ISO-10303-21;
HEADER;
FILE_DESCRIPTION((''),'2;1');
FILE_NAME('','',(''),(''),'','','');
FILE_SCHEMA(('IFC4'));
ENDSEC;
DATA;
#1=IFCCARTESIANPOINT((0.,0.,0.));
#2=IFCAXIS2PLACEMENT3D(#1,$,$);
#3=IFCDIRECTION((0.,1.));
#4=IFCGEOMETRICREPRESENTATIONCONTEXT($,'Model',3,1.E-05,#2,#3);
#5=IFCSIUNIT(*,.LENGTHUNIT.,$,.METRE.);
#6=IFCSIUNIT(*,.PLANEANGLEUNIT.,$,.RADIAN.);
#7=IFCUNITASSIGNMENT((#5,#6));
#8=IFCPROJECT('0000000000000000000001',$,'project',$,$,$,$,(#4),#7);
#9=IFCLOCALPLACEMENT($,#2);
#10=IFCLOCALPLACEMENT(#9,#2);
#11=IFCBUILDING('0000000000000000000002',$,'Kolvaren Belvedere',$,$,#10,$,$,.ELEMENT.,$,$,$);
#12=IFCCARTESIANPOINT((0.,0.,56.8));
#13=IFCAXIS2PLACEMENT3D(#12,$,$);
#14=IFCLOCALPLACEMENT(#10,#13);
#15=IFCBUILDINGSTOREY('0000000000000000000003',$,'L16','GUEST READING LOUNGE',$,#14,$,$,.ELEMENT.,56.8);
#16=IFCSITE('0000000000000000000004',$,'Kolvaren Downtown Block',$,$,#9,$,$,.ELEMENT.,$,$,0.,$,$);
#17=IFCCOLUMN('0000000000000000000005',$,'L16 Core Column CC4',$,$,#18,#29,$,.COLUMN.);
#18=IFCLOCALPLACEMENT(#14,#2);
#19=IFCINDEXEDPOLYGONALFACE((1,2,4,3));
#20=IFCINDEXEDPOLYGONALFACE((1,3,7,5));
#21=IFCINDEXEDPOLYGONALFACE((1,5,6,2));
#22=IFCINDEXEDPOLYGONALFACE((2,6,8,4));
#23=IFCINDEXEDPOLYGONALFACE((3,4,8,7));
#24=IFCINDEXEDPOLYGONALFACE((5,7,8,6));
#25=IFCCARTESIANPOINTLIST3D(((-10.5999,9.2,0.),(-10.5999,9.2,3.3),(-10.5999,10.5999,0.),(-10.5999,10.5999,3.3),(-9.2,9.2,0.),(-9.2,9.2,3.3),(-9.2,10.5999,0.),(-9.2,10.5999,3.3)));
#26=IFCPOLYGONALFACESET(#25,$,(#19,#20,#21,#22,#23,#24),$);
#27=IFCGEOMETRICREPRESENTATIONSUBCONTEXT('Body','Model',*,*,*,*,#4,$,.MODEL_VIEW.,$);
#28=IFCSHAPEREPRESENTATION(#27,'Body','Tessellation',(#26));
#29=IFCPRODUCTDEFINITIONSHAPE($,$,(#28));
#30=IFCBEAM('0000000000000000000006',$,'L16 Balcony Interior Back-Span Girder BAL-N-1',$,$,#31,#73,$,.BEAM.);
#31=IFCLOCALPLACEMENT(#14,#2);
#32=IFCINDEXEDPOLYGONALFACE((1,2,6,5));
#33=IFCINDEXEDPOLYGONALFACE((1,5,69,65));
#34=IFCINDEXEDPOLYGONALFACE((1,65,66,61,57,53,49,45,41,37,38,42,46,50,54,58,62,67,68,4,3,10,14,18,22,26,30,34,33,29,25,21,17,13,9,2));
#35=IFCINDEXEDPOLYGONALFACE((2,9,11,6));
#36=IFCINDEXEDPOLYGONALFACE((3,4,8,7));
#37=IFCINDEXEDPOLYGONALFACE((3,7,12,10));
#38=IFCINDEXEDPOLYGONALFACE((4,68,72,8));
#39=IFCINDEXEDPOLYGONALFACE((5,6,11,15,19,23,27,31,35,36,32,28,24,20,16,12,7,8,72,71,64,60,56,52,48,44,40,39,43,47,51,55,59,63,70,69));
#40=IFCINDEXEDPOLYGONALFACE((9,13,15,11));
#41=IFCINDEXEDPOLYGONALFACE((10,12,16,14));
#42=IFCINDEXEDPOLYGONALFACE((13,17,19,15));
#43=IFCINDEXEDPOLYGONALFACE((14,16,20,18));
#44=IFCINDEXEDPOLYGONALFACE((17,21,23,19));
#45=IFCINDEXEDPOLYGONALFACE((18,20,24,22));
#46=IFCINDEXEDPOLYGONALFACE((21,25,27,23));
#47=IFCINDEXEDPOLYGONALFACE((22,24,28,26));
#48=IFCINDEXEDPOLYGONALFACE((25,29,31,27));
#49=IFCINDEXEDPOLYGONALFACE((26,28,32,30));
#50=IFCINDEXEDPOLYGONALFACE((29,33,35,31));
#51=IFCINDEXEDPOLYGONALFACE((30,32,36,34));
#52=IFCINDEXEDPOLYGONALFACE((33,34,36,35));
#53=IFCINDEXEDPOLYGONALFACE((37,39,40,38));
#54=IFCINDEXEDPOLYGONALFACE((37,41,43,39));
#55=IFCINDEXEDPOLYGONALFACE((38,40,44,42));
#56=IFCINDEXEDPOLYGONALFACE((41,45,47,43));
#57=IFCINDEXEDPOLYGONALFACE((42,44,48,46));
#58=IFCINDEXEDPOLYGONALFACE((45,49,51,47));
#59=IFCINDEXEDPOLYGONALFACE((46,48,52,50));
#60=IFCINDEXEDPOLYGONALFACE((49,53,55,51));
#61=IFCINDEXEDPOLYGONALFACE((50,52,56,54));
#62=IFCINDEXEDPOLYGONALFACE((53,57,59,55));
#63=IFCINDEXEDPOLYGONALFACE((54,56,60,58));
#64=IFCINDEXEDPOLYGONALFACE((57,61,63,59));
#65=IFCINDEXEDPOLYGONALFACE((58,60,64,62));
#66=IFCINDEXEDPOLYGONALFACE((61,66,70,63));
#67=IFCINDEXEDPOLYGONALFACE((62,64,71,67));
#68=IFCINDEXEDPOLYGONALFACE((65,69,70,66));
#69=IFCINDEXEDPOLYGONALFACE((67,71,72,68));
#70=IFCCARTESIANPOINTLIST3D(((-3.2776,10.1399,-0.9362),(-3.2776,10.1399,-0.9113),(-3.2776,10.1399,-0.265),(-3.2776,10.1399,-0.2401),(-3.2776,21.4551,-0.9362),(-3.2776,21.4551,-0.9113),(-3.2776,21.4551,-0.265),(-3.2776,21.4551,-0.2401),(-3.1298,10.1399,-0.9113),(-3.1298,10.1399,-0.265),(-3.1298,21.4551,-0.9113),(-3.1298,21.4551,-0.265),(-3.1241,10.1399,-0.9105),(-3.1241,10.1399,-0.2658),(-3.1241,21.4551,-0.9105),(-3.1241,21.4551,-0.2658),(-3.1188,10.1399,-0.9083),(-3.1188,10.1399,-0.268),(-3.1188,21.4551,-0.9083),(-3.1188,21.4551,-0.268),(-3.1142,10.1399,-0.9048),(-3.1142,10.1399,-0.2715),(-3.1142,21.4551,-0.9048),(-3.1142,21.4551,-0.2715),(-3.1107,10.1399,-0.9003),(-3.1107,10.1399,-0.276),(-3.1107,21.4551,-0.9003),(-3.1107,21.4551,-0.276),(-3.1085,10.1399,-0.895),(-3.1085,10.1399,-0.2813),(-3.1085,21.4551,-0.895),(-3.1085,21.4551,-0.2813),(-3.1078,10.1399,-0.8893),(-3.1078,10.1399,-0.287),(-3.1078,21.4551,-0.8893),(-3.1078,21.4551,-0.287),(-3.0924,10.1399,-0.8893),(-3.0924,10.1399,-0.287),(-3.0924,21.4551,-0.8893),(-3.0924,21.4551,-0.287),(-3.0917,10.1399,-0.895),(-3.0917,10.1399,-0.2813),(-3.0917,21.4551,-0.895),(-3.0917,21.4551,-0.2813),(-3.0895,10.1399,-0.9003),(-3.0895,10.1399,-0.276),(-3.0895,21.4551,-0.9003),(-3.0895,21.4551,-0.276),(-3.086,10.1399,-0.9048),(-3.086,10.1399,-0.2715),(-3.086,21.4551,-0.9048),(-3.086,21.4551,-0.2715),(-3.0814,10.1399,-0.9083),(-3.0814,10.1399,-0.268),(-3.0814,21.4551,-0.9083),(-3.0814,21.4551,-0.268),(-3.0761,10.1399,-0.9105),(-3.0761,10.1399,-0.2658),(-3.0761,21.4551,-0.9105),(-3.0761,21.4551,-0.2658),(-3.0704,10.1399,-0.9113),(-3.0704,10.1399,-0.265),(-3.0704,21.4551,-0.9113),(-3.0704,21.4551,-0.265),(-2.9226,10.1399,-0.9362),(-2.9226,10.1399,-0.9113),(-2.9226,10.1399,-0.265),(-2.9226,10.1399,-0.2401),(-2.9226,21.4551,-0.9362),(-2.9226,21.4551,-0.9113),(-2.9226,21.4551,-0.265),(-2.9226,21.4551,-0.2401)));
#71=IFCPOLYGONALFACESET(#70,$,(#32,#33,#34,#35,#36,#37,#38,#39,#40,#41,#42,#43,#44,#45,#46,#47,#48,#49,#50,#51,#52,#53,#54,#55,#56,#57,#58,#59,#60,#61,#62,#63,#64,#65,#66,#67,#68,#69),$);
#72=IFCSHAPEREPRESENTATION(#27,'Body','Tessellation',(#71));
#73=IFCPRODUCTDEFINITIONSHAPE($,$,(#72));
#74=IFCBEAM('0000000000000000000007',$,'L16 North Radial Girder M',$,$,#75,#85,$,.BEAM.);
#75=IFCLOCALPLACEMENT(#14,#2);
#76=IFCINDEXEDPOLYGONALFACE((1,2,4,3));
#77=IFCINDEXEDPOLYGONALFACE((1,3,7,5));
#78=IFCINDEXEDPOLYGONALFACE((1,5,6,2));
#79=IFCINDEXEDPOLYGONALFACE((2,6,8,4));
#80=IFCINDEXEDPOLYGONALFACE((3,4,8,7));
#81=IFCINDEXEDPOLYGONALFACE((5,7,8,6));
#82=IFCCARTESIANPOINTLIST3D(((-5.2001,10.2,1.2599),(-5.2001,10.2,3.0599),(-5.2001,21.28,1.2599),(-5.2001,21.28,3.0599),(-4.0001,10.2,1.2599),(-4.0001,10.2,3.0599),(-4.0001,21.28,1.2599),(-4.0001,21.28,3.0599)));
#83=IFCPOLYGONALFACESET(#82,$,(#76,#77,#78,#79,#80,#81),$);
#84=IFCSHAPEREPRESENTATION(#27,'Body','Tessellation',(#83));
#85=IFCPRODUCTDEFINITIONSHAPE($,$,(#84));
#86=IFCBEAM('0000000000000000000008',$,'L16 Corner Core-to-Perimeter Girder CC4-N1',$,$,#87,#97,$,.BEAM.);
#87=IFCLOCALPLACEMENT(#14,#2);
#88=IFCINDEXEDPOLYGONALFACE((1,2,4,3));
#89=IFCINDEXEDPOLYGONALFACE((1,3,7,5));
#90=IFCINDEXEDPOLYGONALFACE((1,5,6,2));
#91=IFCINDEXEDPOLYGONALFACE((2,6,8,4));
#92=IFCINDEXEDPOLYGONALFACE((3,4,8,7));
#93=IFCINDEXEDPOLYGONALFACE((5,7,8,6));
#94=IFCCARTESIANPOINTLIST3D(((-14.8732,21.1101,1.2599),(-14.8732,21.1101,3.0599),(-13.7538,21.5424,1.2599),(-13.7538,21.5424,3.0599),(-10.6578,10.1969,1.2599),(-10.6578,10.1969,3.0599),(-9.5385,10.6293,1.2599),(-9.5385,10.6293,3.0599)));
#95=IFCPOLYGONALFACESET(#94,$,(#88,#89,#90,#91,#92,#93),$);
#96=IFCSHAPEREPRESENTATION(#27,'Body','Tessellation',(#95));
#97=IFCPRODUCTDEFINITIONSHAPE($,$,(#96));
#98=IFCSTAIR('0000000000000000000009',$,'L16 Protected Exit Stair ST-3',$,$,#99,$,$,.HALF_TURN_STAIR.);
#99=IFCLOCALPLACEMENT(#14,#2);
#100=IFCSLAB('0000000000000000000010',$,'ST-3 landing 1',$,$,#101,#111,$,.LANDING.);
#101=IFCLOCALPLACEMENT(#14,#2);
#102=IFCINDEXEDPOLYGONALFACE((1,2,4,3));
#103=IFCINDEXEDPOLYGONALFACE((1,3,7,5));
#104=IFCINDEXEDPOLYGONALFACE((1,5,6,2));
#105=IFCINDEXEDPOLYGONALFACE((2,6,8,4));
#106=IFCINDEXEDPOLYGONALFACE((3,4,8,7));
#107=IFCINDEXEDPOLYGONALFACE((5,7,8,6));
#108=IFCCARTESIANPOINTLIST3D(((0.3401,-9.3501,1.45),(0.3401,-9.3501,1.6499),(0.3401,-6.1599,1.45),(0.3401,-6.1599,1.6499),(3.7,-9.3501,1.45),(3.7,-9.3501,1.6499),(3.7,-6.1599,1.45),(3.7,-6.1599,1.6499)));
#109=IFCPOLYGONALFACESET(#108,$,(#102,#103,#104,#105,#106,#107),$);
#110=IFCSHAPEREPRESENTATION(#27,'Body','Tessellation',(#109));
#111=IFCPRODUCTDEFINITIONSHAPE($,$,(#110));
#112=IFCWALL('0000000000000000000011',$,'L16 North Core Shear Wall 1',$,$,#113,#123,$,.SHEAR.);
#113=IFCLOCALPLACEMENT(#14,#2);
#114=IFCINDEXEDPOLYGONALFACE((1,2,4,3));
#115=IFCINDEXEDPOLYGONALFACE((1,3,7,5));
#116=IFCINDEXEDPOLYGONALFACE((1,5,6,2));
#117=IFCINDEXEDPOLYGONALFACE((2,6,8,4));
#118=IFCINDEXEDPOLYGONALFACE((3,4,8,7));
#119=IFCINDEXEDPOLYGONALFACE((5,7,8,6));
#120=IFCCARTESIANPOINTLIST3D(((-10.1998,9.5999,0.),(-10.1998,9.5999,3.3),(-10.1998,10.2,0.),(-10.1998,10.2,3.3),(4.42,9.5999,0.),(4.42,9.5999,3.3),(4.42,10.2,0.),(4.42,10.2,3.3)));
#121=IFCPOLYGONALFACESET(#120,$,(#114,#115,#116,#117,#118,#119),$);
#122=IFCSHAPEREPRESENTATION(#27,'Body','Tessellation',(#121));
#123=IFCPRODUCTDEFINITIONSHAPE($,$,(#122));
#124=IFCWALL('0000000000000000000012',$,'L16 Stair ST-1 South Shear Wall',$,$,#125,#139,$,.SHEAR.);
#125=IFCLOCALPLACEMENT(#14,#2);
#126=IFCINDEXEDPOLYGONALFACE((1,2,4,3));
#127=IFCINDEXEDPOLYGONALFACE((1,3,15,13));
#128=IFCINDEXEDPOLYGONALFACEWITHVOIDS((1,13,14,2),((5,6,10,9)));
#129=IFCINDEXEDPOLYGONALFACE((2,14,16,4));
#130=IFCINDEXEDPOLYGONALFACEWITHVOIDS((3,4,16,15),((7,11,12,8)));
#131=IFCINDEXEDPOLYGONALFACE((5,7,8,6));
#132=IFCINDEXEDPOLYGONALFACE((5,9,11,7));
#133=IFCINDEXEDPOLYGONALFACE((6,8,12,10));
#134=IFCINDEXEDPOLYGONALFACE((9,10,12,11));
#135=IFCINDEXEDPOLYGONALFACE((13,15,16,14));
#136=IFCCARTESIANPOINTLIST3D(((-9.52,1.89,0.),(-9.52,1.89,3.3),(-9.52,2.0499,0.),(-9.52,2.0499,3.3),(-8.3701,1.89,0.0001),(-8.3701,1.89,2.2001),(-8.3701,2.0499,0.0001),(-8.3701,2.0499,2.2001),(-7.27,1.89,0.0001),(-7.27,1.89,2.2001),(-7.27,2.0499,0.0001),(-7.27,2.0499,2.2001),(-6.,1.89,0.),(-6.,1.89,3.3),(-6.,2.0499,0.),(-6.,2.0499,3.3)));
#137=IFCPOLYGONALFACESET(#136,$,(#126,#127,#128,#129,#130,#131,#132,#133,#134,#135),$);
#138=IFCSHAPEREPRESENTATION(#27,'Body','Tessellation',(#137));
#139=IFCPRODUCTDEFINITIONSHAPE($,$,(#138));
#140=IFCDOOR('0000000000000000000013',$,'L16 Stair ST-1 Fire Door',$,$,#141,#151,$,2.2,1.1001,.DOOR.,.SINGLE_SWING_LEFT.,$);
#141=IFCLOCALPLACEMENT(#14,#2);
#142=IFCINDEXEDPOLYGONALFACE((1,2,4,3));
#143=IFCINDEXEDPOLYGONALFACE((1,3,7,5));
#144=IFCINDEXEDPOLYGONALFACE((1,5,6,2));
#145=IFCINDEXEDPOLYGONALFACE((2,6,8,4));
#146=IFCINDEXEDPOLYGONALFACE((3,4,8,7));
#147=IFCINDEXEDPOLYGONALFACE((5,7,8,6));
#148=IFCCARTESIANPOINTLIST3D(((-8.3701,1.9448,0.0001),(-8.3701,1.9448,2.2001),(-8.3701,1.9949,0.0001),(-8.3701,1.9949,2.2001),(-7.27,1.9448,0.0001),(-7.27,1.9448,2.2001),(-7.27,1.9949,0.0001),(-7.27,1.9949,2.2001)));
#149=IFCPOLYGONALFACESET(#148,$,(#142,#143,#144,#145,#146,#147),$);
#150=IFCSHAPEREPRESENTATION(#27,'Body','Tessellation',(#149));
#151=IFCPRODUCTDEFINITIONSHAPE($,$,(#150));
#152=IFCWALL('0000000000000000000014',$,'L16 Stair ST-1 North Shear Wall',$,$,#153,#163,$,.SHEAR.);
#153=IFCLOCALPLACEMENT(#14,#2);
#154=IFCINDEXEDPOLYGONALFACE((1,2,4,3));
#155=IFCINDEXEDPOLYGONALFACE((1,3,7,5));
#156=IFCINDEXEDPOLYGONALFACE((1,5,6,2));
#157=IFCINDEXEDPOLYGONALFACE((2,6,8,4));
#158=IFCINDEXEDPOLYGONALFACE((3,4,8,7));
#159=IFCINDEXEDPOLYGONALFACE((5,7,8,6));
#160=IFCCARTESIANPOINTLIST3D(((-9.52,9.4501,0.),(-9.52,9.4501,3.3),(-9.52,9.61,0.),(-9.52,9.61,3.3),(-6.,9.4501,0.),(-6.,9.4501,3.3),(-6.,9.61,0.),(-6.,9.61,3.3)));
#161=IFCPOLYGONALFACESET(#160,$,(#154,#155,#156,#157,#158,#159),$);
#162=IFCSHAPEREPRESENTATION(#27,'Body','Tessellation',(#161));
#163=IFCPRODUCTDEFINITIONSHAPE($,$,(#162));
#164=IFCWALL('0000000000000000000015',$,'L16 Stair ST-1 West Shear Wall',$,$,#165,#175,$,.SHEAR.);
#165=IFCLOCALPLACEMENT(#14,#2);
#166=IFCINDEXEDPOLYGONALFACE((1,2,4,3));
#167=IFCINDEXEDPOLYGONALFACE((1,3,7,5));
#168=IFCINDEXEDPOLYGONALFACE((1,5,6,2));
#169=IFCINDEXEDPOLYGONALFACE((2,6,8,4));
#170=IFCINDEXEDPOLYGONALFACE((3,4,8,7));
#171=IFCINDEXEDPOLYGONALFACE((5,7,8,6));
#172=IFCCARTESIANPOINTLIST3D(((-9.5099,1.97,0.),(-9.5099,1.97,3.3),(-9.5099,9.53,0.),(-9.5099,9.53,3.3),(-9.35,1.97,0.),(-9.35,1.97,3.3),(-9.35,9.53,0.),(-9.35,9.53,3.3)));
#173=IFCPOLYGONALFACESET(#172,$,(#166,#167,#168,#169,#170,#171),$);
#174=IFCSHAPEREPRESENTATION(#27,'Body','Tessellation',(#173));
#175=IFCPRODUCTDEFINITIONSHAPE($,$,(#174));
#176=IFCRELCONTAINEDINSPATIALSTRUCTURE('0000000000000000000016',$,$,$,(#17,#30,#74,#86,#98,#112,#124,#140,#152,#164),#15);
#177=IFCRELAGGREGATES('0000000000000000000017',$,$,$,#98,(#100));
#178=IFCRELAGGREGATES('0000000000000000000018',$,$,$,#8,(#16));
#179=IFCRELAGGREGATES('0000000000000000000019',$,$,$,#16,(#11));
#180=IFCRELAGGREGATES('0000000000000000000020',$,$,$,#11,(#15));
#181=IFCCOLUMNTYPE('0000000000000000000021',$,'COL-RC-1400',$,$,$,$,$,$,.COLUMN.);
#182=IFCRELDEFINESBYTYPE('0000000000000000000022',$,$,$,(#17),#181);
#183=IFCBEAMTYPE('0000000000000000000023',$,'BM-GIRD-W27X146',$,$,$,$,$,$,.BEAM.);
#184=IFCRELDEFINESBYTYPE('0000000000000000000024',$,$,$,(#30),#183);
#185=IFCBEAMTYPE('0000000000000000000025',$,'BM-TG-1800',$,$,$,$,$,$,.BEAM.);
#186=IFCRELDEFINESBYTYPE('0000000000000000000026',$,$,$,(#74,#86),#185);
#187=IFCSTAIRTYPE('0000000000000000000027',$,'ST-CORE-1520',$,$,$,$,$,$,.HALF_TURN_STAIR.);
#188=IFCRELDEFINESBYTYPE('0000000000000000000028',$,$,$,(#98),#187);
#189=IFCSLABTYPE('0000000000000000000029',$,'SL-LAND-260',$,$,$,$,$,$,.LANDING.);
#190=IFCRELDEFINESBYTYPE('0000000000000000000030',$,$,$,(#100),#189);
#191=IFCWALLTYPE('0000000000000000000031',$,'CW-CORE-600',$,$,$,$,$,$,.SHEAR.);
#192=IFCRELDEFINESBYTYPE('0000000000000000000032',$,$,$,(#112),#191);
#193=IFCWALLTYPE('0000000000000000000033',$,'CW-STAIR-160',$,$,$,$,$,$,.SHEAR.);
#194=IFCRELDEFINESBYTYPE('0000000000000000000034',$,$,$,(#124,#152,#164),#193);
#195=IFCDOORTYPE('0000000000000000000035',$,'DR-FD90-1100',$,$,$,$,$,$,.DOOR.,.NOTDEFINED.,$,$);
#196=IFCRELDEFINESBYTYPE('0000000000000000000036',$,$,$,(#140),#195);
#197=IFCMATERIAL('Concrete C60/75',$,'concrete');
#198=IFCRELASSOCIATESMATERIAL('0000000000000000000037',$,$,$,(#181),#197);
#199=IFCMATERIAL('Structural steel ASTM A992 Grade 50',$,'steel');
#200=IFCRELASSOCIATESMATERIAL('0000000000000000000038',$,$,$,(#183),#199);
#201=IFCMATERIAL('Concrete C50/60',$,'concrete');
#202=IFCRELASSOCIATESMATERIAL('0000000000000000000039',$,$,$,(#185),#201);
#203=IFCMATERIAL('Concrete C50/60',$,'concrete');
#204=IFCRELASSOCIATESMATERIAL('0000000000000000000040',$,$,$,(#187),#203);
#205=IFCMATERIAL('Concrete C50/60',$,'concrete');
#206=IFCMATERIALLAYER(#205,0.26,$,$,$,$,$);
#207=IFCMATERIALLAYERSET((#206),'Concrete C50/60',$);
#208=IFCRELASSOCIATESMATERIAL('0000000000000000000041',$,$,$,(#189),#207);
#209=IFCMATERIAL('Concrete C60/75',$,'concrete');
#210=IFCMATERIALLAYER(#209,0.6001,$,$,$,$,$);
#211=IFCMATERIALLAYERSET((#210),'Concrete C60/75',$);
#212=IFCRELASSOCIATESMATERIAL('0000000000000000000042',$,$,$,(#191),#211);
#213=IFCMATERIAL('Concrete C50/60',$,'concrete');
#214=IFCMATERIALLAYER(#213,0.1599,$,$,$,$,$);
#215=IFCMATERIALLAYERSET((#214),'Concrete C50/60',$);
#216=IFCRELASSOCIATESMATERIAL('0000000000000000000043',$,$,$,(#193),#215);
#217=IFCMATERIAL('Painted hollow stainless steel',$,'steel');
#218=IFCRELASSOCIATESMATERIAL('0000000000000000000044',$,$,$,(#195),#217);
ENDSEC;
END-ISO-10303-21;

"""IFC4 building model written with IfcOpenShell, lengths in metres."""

from ifc_helpers import new_model, si_unit, direction, frame, frame_2d, origin, origin_2d, place, context, subcontext, project, spatial, polyline, rectangle, i_section, outline, extrude, material, layer, layer_set, material_profile, profile_set, type_object, element, fill, aggregate, save


model = new_model("IFC4")

# Units and contexts
model_context = context("Model", 3, precision=1e-05, world=origin(), true_north=direction((0.0, 1.0)))
body_context = subcontext(model_context, "Body", "Model", "MODEL_VIEW")
ifc_project = project(units=[si_unit("LENGTHUNIT", "METRE"), si_unit("PLANEANGLEUNIT", "RADIAN")], contexts=[model_context])

# Site, building, storey
site_placement = place(None, origin())
site = spatial("IfcSite", under=ifc_project, at=site_placement, Name="Kolvaren Downtown Block", CompositionType="ELEMENT", RefElevation=0.0)
building_placement = place(site_placement, origin())
building = spatial("IfcBuilding", under=site, at=building_placement, Name="Kolvaren Belvedere", CompositionType="ELEMENT")
storey_placement = place(building_placement, frame((0.0, 0.0, 56.8)))
storey = spatial("IfcBuildingStorey", under=building, at=storey_placement, Name="L16", Description="GUEST READING LOUNGE", CompositionType="ELEMENT", Elevation=56.8)

# Column
ifc_material_1 = material(Name="Concrete C60/75", Category="concrete")
ifc_material_profile_1 = material_profile(ifc_material_1, rectangle(XDim=1.3999, YDim=1.3999, at=origin_2d()), Name="RC 1400X1400")
ifc_profile_set_1 = profile_set([ifc_material_profile_1], Name="Concrete C60/75")
column_type = type_object("IfcColumnType", Name="COL-RC-1400", PredefinedType="COLUMN", material=ifc_profile_set_1)
column_placement = place(storey_placement, frame((-9.8999, 9.8999, 0.0), z_axis=(0.0, 0.0, 1.0), x_axis=(1.0, 0.0, 0.0)))
element("IfcColumn", 1, at=column_placement, inside=storey, type_object=column_type, Name="L16 Core Column CC4", PredefinedType="COLUMN", context=body_context, shape_type="SweptSolid", body=[
    extrude(rectangle(XDim=1.3999, YDim=1.3999, at=origin_2d()), origin(), (0.0, 0.0, 1.0), 3.3),
])

# Beams
ifc_material_2 = material(Name="Structural steel ASTM A992 Grade 50", Category="steel")
ifc_material_profile_2 = material_profile(ifc_material_2, i_section(OverallWidth=0.355, OverallDepth=0.696, WebThickness=0.0154, FlangeThickness=0.0249, FilletRadius=0.022, at=origin_2d()), Name="W27X146")
ifc_profile_set_2 = profile_set([ifc_material_profile_2], Name="Structural steel ASTM A992 Grade 50")
beam_type_1 = type_object("IfcBeamType", Name="BM-GIRD-W27X146", PredefinedType="BEAM", material=ifc_profile_set_2)
beam_1_placement = place(storey_placement, frame((-3.1001, 10.1399, -0.5881), z_axis=(0.0, 1.0, 0.0), x_axis=(-1.0, 0.0, 0.0)))
element("IfcBeam", 2, at=beam_1_placement, inside=storey, type_object=beam_type_1, Name="L16 Balcony Interior Back-Span Girder BAL-N-1", PredefinedType="BEAM", context=body_context, shape_type="SweptSolid", body=[
    extrude(i_section(OverallWidth=0.355, OverallDepth=0.696, WebThickness=0.0154, FlangeThickness=0.0249, FilletRadius=0.022, at=origin_2d()), origin(), (0.0, 0.0, 1.0), 11.3152),
])
ifc_material_3 = material(Name="Concrete C50/60", Category="concrete")
ifc_material_profile_3 = material_profile(ifc_material_3, rectangle(XDim=1.2, YDim=1.8, at=origin_2d()), Name="RC 1200X1800")
ifc_profile_set_3 = profile_set([ifc_material_profile_3], Name="Concrete C50/60")
beam_type_2 = type_object("IfcBeamType", Name="BM-TG-1800", PredefinedType="BEAM", material=ifc_profile_set_3)
beam_2_placement = place(storey_placement, frame((-4.6001, 10.2, 2.1599), z_axis=(0.0, 1.0, 0.0), x_axis=(-1.0, 0.0, 0.0)))
element("IfcBeam", 3, at=beam_2_placement, inside=storey, type_object=beam_type_2, Name="L16 North Radial Girder M", PredefinedType="BEAM", context=body_context, shape_type="SweptSolid", body=[
    extrude(rectangle(XDim=1.2, YDim=1.8, at=origin_2d()), origin(), (0.0, 0.0, 1.0), 11.0801),
])
beam_3_placement = place(storey_placement, frame((-10.0981, 10.4131, 2.1599), z_axis=(-0.360318, 0.932829, 0.0), x_axis=(-0.932829, -0.360318, 0.0)))
element("IfcBeam", 4, at=beam_3_placement, inside=storey, type_object=beam_type_2, Name="L16 Corner Core-to-Perimeter Girder CC4-N1", PredefinedType="BEAM", context=body_context, shape_type="SweptSolid", body=[
    extrude(rectangle(XDim=1.2, YDim=1.8, at=origin_2d()), origin(), (0.0, 0.0, 1.0), 11.699),
])

# Stair, slab
ifc_material_4 = material(Name="Concrete C50/60", Category="concrete")
stair_type = type_object("IfcStairType", Name="ST-CORE-1520", PredefinedType="HALF_TURN_STAIR", material=ifc_material_4)
stair_1_placement = place(storey_placement, origin())
stair_1 = element("IfcStair", 5, at=stair_1_placement, inside=storey, type_object=stair_type, Name="L16 Protected Exit Stair ST-3", PredefinedType="HALF_TURN_STAIR")
ifc_material_5 = material(Name="Concrete C50/60", Category="concrete")
ifc_layer_1 = layer(ifc_material_5, 0.26)
ifc_layer_set_1 = layer_set([ifc_layer_1], Name="Concrete C50/60")
slab_type = type_object("IfcSlabType", Name="SL-LAND-260", PredefinedType="LANDING", material=ifc_layer_set_1)
slab_placement = place(storey_placement, frame((0.0, 0.0, 1.45)))
slab = element("IfcSlab", 6, at=slab_placement, type_object=slab_type, Name="ST-3 landing 1", PredefinedType="LANDING", context=body_context, shape_type="SweptSolid", body=[
    extrude(outline(polyline([(0.3401, -9.3501), (3.7, -9.3501), (3.7, -6.1599), (0.3401, -6.1599), (0.3401, -9.3501)])), origin(), (0.0, 0.0, 1.0), 0.2),
])
aggregate(stair_1, [slab])

# Wall
ifc_material_6 = material(Name="Concrete C60/75", Category="concrete")
ifc_layer_2 = layer(ifc_material_6, 0.6001)
ifc_layer_set_2 = layer_set([ifc_layer_2], Name="Concrete C60/75")
wall_type_1 = type_object("IfcWallType", Name="CW-CORE-600", PredefinedType="SHEAR", material=ifc_layer_set_2)
wall_1_placement = place(storey_placement, frame((-10.2, 9.8999, 0.0), z_axis=(0.0, 0.0, 1.0), x_axis=(1.0, 0.0, 0.0)))
element("IfcWall", 7, at=wall_1_placement, inside=storey, type_object=wall_type_1, Name="L16 North Core Shear Wall 1", PredefinedType="SHEAR", context=body_context, shape_type="SweptSolid", body=[
    extrude(rectangle(XDim=14.6199, YDim=0.6001, at=frame_2d((7.3101, 0.0))), origin(), (0.0, 0.0, 1.0), 3.3),
])

# Wall, opening, door
ifc_material_7 = material(Name="Concrete C50/60", Category="concrete")
ifc_layer_3 = layer(ifc_material_7, 0.1599)
ifc_layer_set_3 = layer_set([ifc_layer_3], Name="Concrete C50/60")
wall_type_2 = type_object("IfcWallType", Name="CW-STAIR-160", PredefinedType="SHEAR", material=ifc_layer_set_3)
wall_2_placement = place(storey_placement, frame((-9.52, 1.97, 0.0), z_axis=(0.0, 0.0, 1.0), x_axis=(1.0, 0.0, 0.0)))
wall_2 = element("IfcWall", 8, at=wall_2_placement, inside=storey, type_object=wall_type_2, Name="L16 Stair ST-1 South Shear Wall", PredefinedType="SHEAR", context=body_context, shape_type="SweptSolid", body=[
    extrude(rectangle(XDim=3.52, YDim=0.1599, at=frame_2d((1.76, 0.0))), origin(), (0.0, 0.0, 1.0), 3.3),
])
opening_1_placement = place(wall_2_placement, frame((1.1499, 0.0, 0.0)))
opening_1 = element("IfcOpeningElement", 9, at=opening_1_placement, cuts=wall_2, PredefinedType="OPENING", context=body_context, shape_type="SweptSolid", body=[
    extrude(rectangle(XDim=1.1001, YDim=2.2, at=frame_2d((0.55, 1.1001))), frame((0.0, 0.0898, 0.0), z_axis=(0.0, -1.0, 0.0), x_axis=(1.0, 0.0, 0.0)), (0.0, 0.0, 1.0), 0.1799),
])
ifc_material_8 = material(Name="Painted hollow stainless steel", Category="steel")
door_type_1 = type_object("IfcDoorType", Name="DR-FD90-1100", OperationType="NOTDEFINED", PredefinedType="DOOR", material=ifc_material_8)
door_1_placement = place(opening_1_placement, origin())
door_1 = element("IfcDoor", 10, at=door_1_placement, inside=storey, type_object=door_type_1, Name="L16 Stair ST-1 Fire Door", OperationType="SINGLE_SWING_LEFT", OverallHeight=2.2, OverallWidth=1.1001, PredefinedType="DOOR", context=body_context, shape_type="SweptSolid", body=[
    extrude(rectangle(XDim=1.1001, YDim=2.2, at=frame_2d((0.55, 1.1001))), frame((0.0, 0.0249, 0.0), z_axis=(0.0, -1.0, 0.0), x_axis=(1.0, 0.0, 0.0)), (0.0, 0.0, 1.0), 0.05),
])
fill(opening_1, door_1)

# Walls
wall_3_placement = place(storey_placement, frame((-9.52, 9.53, 0.0), z_axis=(0.0, 0.0, 1.0), x_axis=(1.0, 0.0, 0.0)))
element("IfcWall", 11, at=wall_3_placement, inside=storey, type_object=wall_type_2, Name="L16 Stair ST-1 North Shear Wall", PredefinedType="SHEAR", context=body_context, shape_type="SweptSolid", body=[
    extrude(rectangle(XDim=3.52, YDim=0.1599, at=frame_2d((1.76, 0.0))), origin(), (0.0, 0.0, 1.0), 3.3),
])
for number, where, z_axis, x_axis, name in (
    (12, (-9.4299, 1.97, 0.0), (0.0, 0.0, 1.0), (0.0, 1.0, 0.0), "L16 Stair ST-1 West Shear Wall"),
):
    element("IfcWall", number, at=place(storey_placement, frame(where, z_axis=z_axis, x_axis=x_axis)), inside=storey, type_object=wall_type_2, Name=name, PredefinedType="SHEAR", context=body_context, shape_type="SweptSolid", body=[
        extrude(rectangle(XDim=7.5601, YDim=0.1599, at=frame_2d((3.78, 0.0))), origin(), (0.0, 0.0, 1.0), 3.3),
    ])

save(model, "model.ifc")
